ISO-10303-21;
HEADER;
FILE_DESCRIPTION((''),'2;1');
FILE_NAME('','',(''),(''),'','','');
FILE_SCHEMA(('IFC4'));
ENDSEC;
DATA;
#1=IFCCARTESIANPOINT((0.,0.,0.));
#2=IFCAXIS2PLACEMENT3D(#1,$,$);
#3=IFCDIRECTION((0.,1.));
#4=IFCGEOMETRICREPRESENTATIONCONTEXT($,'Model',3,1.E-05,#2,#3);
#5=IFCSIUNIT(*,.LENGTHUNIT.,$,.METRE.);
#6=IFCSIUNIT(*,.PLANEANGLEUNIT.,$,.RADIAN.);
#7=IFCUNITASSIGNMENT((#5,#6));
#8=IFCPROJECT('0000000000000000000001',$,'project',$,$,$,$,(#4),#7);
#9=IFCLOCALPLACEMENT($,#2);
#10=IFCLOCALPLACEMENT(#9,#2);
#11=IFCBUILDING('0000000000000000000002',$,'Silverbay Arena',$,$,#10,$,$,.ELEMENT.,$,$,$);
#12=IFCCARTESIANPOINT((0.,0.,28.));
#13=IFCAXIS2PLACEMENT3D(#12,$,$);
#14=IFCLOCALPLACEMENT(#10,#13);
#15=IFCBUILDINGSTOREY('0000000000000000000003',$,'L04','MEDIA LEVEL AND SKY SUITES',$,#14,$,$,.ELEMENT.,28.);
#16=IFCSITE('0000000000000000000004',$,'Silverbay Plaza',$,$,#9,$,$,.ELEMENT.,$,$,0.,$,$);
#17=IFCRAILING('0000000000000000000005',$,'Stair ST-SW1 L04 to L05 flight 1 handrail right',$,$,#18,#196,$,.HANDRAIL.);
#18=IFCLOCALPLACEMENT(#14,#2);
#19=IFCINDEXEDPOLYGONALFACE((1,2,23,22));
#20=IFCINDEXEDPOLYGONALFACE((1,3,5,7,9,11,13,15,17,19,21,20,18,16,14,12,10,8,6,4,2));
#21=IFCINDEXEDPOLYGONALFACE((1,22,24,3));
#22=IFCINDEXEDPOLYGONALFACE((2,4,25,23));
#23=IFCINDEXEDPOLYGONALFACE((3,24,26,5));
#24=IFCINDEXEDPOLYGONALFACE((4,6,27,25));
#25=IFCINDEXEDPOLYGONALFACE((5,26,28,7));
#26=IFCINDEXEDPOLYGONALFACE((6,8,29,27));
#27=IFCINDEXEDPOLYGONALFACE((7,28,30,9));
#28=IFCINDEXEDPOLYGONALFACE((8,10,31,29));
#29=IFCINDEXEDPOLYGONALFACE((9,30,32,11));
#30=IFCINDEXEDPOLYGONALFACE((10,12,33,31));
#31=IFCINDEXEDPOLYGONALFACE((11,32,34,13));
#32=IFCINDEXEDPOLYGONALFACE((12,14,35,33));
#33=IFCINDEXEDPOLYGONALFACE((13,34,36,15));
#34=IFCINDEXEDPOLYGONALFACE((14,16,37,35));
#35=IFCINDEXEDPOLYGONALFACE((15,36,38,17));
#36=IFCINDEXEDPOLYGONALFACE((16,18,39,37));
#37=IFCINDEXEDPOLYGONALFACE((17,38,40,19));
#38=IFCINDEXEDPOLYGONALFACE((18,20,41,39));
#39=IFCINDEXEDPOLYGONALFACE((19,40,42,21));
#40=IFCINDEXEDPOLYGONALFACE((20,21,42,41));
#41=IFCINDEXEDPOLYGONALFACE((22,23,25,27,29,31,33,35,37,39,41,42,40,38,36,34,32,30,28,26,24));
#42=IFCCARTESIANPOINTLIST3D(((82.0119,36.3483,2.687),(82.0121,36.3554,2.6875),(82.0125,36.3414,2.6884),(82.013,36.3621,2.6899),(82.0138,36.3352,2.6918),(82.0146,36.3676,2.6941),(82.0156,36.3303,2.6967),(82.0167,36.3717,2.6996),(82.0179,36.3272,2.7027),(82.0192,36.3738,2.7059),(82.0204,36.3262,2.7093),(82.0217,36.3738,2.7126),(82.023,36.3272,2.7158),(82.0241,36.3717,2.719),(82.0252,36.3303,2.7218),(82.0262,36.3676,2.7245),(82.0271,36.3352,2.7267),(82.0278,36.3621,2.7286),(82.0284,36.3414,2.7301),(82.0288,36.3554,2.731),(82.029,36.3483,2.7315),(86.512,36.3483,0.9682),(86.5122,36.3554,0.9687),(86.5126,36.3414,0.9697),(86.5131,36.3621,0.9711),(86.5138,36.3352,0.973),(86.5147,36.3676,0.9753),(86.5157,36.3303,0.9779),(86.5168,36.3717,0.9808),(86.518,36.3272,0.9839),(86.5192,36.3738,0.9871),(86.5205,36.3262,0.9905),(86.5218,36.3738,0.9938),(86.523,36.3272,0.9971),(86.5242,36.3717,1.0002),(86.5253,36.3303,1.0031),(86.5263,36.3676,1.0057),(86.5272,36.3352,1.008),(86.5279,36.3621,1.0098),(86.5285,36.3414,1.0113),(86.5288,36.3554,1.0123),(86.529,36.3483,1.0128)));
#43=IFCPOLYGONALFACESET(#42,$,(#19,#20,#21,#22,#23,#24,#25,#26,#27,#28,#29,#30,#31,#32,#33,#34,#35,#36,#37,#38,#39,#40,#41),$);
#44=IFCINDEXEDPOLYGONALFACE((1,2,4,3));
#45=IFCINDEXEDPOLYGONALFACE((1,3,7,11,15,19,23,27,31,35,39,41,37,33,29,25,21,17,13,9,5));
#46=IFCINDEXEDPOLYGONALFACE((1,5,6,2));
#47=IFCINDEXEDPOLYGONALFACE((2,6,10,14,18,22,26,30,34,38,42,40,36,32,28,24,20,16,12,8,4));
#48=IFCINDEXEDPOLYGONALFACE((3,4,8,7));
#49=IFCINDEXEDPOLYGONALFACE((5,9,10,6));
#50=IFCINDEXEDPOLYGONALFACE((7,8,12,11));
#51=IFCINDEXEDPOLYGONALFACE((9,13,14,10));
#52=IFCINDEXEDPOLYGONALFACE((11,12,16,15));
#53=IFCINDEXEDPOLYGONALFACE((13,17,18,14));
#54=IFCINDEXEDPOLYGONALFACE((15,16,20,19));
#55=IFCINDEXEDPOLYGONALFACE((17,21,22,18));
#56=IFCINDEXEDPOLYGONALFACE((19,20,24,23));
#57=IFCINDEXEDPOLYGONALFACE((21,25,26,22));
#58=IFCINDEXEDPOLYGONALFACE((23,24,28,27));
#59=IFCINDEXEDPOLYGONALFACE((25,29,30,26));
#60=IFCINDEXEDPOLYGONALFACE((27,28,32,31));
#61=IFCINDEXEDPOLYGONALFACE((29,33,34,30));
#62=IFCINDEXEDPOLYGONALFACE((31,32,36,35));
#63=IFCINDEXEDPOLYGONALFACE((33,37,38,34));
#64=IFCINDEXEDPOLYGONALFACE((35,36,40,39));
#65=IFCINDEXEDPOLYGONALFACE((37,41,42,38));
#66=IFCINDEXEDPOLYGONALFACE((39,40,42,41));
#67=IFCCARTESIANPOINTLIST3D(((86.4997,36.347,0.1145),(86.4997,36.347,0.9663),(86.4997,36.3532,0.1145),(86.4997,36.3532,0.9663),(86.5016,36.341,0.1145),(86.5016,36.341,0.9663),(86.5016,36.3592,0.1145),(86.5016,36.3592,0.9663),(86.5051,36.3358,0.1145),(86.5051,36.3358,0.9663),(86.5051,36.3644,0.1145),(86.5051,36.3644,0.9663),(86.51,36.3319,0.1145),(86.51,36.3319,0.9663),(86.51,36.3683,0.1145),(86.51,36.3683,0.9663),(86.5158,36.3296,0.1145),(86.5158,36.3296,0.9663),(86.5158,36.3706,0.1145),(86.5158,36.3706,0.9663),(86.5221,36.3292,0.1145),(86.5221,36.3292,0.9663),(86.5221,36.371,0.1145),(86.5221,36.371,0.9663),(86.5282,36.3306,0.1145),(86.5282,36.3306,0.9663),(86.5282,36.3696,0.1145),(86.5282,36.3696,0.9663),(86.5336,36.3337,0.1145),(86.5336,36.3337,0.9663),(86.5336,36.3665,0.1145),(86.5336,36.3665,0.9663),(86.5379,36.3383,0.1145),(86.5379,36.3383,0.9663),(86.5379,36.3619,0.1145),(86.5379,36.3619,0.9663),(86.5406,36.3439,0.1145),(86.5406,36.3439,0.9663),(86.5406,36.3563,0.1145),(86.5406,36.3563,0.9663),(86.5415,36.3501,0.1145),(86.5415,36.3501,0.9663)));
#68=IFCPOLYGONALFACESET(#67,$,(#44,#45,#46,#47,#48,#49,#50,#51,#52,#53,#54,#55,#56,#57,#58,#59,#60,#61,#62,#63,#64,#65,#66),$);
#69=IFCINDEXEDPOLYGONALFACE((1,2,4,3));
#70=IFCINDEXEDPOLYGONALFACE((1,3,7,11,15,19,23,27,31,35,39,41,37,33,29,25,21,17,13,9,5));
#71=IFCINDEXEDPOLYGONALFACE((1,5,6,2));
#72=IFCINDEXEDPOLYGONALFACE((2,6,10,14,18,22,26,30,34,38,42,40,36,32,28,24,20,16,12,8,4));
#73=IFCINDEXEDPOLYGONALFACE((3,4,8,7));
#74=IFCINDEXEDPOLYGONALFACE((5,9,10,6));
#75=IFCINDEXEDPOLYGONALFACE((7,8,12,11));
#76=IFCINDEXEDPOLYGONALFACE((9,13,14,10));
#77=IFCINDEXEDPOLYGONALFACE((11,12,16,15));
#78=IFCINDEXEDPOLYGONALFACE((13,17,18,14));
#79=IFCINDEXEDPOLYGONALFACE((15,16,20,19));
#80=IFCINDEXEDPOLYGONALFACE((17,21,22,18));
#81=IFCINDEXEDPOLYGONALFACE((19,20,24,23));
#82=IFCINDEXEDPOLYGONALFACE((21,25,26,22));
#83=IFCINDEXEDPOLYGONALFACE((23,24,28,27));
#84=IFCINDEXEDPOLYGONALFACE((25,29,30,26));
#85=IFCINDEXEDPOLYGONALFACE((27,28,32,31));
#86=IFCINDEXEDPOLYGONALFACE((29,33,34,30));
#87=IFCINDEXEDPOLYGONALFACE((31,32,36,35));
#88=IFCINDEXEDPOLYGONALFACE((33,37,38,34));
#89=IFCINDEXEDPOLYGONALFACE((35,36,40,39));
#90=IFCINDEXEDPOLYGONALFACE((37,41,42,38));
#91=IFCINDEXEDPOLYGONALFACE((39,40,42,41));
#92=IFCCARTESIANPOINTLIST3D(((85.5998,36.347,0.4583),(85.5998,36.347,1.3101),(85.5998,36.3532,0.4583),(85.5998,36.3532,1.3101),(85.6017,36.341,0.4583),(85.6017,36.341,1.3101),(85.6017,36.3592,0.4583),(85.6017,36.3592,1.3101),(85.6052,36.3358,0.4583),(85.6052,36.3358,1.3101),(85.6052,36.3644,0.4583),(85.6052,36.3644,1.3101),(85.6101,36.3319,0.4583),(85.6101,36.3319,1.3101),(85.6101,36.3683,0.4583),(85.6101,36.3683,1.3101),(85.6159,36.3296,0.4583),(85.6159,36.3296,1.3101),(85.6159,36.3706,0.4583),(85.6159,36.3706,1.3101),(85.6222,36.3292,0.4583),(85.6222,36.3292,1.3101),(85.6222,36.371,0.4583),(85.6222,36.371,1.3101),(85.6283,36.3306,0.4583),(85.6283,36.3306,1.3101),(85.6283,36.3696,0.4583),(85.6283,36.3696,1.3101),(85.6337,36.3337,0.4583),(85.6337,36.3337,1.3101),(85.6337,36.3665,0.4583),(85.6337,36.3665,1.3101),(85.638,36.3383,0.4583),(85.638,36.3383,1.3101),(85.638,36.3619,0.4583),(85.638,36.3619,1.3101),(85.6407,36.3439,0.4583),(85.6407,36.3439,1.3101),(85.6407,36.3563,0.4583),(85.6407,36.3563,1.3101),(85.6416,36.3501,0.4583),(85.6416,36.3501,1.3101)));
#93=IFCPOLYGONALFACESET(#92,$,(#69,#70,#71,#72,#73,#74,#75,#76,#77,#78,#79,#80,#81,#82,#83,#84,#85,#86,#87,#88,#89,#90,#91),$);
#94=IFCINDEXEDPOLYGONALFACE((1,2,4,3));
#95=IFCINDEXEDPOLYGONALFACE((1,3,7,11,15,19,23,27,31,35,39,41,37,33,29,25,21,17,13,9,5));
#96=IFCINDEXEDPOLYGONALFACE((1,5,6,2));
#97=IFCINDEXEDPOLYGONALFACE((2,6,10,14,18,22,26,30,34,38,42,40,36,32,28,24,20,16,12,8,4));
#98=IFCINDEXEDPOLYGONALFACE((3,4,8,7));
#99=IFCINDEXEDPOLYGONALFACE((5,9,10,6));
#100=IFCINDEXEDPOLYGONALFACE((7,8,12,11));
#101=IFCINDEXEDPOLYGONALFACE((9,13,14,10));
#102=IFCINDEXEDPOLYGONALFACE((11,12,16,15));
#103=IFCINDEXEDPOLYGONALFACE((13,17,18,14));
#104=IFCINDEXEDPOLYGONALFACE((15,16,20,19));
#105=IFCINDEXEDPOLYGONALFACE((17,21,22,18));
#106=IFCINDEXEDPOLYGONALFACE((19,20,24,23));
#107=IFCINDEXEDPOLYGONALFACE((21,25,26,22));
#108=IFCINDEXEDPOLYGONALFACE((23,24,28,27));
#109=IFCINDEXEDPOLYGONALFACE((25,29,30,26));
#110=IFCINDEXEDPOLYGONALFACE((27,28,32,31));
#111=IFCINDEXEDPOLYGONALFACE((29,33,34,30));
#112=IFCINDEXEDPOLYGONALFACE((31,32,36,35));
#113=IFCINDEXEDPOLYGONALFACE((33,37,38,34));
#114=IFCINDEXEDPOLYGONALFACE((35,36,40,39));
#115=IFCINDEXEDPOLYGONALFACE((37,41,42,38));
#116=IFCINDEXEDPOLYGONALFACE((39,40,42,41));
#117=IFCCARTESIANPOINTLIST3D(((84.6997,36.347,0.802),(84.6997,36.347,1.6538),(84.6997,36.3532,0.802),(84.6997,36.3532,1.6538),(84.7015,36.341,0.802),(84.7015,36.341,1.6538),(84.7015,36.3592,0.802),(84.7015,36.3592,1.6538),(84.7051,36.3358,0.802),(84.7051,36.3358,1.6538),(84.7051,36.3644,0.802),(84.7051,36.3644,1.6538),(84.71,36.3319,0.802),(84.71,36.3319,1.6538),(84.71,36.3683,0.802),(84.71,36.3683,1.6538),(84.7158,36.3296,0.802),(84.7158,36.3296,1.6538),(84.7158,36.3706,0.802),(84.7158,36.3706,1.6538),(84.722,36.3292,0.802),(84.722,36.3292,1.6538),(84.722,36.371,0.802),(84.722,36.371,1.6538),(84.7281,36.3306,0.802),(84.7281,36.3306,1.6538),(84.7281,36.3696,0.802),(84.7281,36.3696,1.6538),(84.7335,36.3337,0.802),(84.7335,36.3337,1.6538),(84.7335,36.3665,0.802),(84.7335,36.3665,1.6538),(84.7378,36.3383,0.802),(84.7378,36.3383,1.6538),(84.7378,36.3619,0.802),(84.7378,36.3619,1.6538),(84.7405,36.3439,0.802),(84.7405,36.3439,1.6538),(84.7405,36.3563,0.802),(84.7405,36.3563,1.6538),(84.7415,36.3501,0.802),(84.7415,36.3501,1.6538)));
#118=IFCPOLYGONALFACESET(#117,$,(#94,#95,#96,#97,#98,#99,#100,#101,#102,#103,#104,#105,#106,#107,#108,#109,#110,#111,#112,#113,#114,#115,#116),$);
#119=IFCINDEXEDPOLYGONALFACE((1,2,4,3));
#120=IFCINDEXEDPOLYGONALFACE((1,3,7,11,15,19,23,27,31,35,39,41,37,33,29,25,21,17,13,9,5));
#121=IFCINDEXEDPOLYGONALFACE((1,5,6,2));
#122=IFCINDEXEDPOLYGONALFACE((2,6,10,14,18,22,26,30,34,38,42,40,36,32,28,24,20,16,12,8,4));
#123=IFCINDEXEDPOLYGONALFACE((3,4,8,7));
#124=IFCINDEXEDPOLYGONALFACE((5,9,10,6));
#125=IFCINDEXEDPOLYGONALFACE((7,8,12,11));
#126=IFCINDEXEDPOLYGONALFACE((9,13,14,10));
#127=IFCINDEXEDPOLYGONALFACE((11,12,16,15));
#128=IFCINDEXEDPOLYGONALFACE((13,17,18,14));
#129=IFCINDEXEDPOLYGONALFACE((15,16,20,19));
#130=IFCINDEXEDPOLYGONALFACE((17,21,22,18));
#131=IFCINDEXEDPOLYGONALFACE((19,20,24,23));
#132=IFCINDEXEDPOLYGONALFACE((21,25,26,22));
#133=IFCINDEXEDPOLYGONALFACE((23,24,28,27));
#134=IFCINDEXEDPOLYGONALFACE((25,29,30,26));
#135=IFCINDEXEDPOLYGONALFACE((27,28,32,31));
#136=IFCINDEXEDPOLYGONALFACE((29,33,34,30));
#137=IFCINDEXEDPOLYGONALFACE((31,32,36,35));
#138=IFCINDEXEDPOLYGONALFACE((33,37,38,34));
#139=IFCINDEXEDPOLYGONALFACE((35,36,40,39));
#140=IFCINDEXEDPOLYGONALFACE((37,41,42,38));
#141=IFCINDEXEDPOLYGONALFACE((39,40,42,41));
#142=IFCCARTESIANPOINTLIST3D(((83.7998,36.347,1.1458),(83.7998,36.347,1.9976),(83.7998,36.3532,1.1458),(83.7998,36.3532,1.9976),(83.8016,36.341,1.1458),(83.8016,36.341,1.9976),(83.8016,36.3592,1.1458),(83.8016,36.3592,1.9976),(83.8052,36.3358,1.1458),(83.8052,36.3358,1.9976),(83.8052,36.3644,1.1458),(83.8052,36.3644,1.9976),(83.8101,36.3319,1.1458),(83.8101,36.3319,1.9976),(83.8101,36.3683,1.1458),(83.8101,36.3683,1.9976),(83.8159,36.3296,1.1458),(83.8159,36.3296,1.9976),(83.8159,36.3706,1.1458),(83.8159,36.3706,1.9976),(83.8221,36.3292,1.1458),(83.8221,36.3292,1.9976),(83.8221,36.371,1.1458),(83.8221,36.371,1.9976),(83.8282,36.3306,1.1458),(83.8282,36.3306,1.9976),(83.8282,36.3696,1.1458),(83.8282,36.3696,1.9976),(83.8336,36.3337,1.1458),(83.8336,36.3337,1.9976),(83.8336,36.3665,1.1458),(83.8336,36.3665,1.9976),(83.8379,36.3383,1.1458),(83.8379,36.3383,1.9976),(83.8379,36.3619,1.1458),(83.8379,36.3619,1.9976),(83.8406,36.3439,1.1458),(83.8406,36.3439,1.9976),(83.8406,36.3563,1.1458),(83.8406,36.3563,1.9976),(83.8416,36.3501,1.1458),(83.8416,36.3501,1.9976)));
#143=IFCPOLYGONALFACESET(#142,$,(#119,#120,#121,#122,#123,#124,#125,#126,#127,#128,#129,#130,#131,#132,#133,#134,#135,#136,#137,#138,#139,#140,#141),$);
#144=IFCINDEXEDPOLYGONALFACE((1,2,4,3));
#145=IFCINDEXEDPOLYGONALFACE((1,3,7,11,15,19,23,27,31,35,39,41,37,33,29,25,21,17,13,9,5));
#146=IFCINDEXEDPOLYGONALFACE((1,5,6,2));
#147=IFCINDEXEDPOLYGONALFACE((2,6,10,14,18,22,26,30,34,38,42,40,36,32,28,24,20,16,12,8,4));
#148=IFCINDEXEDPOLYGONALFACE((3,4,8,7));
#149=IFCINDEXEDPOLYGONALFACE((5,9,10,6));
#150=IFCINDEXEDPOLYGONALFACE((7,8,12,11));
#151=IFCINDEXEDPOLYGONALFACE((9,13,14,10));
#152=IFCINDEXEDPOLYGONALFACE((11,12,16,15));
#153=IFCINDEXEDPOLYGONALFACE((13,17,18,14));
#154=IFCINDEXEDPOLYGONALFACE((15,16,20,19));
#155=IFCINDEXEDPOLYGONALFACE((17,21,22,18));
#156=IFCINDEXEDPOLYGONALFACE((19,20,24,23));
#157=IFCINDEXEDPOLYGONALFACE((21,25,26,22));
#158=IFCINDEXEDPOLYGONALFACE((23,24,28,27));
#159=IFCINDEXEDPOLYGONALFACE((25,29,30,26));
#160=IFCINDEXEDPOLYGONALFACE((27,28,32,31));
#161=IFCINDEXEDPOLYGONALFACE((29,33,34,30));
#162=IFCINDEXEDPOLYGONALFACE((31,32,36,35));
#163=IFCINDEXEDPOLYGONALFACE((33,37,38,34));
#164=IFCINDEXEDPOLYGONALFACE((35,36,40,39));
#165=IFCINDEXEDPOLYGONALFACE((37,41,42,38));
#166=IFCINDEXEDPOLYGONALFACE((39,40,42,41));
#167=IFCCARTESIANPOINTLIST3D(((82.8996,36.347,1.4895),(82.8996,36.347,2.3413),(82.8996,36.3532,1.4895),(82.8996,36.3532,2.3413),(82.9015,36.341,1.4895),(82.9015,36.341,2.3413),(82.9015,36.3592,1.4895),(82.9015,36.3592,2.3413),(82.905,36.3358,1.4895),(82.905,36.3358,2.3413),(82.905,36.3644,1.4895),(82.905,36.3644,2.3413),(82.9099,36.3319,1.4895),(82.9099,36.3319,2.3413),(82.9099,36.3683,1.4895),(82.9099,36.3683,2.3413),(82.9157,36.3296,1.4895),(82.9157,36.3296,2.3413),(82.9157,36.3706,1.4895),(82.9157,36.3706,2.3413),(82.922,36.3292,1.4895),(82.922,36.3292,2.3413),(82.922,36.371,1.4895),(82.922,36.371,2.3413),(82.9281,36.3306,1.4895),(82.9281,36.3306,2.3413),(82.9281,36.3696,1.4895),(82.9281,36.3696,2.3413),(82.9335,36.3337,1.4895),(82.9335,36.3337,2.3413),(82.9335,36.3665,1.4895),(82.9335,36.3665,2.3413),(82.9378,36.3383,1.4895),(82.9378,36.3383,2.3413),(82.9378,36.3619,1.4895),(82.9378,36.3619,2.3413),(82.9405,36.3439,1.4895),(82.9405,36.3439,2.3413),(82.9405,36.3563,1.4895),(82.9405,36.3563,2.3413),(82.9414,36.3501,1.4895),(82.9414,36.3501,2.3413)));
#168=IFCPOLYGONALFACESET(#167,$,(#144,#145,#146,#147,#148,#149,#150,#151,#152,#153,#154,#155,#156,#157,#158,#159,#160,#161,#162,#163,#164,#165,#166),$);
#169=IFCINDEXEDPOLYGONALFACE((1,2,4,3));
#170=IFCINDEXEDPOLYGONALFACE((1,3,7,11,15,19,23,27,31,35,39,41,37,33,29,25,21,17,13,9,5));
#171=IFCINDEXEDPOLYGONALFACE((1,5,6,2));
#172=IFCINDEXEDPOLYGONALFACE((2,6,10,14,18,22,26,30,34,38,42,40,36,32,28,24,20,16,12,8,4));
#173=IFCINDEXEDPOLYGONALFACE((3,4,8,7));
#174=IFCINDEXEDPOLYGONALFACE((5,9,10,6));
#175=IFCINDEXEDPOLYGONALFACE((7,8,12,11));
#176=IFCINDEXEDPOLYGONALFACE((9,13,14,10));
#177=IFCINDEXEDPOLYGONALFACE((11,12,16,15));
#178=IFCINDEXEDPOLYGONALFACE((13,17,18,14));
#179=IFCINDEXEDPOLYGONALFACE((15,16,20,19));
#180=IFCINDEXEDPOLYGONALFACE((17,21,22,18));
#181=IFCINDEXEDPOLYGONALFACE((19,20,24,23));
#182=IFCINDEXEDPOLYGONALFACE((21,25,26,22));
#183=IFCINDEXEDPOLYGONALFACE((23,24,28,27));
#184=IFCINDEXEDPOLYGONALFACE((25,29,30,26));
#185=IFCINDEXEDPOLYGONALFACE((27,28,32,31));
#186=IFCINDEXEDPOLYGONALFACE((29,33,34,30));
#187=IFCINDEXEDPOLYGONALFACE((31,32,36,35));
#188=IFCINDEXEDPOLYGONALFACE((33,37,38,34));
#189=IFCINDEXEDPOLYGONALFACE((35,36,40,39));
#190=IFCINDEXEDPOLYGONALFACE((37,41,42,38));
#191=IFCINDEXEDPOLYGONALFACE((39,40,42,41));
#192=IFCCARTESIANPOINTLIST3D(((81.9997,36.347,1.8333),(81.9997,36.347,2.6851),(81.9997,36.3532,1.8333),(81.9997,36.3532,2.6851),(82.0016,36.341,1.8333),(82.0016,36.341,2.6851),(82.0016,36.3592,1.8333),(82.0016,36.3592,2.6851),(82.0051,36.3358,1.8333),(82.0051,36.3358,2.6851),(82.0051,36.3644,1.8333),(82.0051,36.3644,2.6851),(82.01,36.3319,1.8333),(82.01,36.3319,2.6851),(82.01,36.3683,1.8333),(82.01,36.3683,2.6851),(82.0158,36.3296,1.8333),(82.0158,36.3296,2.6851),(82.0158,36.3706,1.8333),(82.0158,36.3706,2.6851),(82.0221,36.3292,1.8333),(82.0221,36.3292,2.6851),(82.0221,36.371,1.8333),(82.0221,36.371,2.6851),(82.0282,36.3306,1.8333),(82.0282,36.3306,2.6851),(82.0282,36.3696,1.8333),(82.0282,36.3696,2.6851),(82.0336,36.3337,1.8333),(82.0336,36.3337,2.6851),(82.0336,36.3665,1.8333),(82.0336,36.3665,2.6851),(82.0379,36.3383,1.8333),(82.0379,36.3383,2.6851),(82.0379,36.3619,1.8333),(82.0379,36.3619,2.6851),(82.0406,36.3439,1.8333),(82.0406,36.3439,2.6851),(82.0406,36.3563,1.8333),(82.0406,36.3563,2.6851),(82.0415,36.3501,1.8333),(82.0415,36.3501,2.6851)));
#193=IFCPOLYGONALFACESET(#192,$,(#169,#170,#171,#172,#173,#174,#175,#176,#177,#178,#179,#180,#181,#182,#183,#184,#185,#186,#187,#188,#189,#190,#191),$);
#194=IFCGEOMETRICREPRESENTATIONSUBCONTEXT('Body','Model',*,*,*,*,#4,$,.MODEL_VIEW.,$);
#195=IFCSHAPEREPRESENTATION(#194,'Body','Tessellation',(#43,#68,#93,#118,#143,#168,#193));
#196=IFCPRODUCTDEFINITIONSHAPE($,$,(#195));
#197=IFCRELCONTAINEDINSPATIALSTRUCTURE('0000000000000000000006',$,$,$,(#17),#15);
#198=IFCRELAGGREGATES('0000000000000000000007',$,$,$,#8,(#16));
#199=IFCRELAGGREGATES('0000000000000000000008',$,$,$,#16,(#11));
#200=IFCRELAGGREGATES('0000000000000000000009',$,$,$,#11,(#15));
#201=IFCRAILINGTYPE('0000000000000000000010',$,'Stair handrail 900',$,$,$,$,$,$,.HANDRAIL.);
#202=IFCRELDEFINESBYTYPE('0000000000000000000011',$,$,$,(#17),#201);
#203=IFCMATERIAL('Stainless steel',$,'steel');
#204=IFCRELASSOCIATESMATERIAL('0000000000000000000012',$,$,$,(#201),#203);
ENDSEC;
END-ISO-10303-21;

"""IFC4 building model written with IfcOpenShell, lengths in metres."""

from ifc_helpers import new_model, si_unit, direction, frame, origin, origin_2d, place, context, subcontext, project, spatial, circle, extrude, material, type_object, element, save


model = new_model("IFC4")

# Units and contexts
model_context = context("Model", 3, precision=1e-05, world=origin(), true_north=direction((0.0, 1.0)))
body_context = subcontext(model_context, "Body", "Model", "MODEL_VIEW")
ifc_project = project(units=[si_unit("LENGTHUNIT", "METRE"), si_unit("PLANEANGLEUNIT", "RADIAN")], contexts=[model_context])

# Site, building, storey
site_placement = place(None, origin())
site = spatial("IfcSite", under=ifc_project, at=site_placement, Name="Silverbay Plaza", CompositionType="ELEMENT", RefElevation=0.0)
building_placement = place(site_placement, origin())
building = spatial("IfcBuilding", under=site, at=building_placement, Name="Silverbay Arena", CompositionType="ELEMENT")
storey_placement = place(building_placement, frame((0.0, 0.0, 28.0)))
storey = spatial("IfcBuildingStorey", under=building, at=storey_placement, Name="L04", Description="MEDIA LEVEL AND SKY SUITES", CompositionType="ELEMENT", Elevation=28.0)

# Railing
ifc_material_1 = material(Name="Stainless steel", Category="steel")
railing_type_1 = type_object("IfcRailingType", Name="Stair handrail 900", PredefinedType="HANDRAIL", material=ifc_material_1)
railing_1_placement = place(storey_placement, frame((86.5205, 36.3501, 0.1145)))
element("IfcRailing", 1, at=railing_1_placement, inside=storey, type_object=railing_type_1, Name="Stair ST-SW1 L04 to L05 flight 1 handrail right", PredefinedType="HANDRAIL", context=body_context, shape_type="SweptSolid", body=[
    extrude(circle(Radius=0.0239, at=origin_2d()), frame((0.0, 0.0, 0.876), z_axis=(-0.934179, 0.0, 0.356805), x_axis=(0.0, -1.0, 0.0)), (0.0, 0.0, 1.0), 4.8171),
    extrude(circle(Radius=0.021, at=origin_2d()), origin(), (0.0, 0.0, 1.0), 0.8518),
    extrude(circle(Radius=0.021, at=origin_2d()), frame((-0.8999, 0.0, 0.3438)), (0.0, 0.0, 1.0), 0.8518),
    extrude(circle(Radius=0.021, at=origin_2d()), frame((-1.8, 0.0, 0.6875)), (0.0, 0.0, 1.0), 0.8518),
    extrude(circle(Radius=0.021, at=origin_2d()), frame((-2.7, 0.0, 1.0312)), (0.0, 0.0, 1.0), 0.8518),
    extrude(circle(Radius=0.021, at=origin_2d()), frame((-3.6001, 0.0, 1.375)), (0.0, 0.0, 1.0), 0.8518),
    extrude(circle(Radius=0.021, at=origin_2d()), frame((-4.5, 0.0, 1.7188)), (0.0, 0.0, 1.0), 0.8518),
])

save(model, "model.ifc")
